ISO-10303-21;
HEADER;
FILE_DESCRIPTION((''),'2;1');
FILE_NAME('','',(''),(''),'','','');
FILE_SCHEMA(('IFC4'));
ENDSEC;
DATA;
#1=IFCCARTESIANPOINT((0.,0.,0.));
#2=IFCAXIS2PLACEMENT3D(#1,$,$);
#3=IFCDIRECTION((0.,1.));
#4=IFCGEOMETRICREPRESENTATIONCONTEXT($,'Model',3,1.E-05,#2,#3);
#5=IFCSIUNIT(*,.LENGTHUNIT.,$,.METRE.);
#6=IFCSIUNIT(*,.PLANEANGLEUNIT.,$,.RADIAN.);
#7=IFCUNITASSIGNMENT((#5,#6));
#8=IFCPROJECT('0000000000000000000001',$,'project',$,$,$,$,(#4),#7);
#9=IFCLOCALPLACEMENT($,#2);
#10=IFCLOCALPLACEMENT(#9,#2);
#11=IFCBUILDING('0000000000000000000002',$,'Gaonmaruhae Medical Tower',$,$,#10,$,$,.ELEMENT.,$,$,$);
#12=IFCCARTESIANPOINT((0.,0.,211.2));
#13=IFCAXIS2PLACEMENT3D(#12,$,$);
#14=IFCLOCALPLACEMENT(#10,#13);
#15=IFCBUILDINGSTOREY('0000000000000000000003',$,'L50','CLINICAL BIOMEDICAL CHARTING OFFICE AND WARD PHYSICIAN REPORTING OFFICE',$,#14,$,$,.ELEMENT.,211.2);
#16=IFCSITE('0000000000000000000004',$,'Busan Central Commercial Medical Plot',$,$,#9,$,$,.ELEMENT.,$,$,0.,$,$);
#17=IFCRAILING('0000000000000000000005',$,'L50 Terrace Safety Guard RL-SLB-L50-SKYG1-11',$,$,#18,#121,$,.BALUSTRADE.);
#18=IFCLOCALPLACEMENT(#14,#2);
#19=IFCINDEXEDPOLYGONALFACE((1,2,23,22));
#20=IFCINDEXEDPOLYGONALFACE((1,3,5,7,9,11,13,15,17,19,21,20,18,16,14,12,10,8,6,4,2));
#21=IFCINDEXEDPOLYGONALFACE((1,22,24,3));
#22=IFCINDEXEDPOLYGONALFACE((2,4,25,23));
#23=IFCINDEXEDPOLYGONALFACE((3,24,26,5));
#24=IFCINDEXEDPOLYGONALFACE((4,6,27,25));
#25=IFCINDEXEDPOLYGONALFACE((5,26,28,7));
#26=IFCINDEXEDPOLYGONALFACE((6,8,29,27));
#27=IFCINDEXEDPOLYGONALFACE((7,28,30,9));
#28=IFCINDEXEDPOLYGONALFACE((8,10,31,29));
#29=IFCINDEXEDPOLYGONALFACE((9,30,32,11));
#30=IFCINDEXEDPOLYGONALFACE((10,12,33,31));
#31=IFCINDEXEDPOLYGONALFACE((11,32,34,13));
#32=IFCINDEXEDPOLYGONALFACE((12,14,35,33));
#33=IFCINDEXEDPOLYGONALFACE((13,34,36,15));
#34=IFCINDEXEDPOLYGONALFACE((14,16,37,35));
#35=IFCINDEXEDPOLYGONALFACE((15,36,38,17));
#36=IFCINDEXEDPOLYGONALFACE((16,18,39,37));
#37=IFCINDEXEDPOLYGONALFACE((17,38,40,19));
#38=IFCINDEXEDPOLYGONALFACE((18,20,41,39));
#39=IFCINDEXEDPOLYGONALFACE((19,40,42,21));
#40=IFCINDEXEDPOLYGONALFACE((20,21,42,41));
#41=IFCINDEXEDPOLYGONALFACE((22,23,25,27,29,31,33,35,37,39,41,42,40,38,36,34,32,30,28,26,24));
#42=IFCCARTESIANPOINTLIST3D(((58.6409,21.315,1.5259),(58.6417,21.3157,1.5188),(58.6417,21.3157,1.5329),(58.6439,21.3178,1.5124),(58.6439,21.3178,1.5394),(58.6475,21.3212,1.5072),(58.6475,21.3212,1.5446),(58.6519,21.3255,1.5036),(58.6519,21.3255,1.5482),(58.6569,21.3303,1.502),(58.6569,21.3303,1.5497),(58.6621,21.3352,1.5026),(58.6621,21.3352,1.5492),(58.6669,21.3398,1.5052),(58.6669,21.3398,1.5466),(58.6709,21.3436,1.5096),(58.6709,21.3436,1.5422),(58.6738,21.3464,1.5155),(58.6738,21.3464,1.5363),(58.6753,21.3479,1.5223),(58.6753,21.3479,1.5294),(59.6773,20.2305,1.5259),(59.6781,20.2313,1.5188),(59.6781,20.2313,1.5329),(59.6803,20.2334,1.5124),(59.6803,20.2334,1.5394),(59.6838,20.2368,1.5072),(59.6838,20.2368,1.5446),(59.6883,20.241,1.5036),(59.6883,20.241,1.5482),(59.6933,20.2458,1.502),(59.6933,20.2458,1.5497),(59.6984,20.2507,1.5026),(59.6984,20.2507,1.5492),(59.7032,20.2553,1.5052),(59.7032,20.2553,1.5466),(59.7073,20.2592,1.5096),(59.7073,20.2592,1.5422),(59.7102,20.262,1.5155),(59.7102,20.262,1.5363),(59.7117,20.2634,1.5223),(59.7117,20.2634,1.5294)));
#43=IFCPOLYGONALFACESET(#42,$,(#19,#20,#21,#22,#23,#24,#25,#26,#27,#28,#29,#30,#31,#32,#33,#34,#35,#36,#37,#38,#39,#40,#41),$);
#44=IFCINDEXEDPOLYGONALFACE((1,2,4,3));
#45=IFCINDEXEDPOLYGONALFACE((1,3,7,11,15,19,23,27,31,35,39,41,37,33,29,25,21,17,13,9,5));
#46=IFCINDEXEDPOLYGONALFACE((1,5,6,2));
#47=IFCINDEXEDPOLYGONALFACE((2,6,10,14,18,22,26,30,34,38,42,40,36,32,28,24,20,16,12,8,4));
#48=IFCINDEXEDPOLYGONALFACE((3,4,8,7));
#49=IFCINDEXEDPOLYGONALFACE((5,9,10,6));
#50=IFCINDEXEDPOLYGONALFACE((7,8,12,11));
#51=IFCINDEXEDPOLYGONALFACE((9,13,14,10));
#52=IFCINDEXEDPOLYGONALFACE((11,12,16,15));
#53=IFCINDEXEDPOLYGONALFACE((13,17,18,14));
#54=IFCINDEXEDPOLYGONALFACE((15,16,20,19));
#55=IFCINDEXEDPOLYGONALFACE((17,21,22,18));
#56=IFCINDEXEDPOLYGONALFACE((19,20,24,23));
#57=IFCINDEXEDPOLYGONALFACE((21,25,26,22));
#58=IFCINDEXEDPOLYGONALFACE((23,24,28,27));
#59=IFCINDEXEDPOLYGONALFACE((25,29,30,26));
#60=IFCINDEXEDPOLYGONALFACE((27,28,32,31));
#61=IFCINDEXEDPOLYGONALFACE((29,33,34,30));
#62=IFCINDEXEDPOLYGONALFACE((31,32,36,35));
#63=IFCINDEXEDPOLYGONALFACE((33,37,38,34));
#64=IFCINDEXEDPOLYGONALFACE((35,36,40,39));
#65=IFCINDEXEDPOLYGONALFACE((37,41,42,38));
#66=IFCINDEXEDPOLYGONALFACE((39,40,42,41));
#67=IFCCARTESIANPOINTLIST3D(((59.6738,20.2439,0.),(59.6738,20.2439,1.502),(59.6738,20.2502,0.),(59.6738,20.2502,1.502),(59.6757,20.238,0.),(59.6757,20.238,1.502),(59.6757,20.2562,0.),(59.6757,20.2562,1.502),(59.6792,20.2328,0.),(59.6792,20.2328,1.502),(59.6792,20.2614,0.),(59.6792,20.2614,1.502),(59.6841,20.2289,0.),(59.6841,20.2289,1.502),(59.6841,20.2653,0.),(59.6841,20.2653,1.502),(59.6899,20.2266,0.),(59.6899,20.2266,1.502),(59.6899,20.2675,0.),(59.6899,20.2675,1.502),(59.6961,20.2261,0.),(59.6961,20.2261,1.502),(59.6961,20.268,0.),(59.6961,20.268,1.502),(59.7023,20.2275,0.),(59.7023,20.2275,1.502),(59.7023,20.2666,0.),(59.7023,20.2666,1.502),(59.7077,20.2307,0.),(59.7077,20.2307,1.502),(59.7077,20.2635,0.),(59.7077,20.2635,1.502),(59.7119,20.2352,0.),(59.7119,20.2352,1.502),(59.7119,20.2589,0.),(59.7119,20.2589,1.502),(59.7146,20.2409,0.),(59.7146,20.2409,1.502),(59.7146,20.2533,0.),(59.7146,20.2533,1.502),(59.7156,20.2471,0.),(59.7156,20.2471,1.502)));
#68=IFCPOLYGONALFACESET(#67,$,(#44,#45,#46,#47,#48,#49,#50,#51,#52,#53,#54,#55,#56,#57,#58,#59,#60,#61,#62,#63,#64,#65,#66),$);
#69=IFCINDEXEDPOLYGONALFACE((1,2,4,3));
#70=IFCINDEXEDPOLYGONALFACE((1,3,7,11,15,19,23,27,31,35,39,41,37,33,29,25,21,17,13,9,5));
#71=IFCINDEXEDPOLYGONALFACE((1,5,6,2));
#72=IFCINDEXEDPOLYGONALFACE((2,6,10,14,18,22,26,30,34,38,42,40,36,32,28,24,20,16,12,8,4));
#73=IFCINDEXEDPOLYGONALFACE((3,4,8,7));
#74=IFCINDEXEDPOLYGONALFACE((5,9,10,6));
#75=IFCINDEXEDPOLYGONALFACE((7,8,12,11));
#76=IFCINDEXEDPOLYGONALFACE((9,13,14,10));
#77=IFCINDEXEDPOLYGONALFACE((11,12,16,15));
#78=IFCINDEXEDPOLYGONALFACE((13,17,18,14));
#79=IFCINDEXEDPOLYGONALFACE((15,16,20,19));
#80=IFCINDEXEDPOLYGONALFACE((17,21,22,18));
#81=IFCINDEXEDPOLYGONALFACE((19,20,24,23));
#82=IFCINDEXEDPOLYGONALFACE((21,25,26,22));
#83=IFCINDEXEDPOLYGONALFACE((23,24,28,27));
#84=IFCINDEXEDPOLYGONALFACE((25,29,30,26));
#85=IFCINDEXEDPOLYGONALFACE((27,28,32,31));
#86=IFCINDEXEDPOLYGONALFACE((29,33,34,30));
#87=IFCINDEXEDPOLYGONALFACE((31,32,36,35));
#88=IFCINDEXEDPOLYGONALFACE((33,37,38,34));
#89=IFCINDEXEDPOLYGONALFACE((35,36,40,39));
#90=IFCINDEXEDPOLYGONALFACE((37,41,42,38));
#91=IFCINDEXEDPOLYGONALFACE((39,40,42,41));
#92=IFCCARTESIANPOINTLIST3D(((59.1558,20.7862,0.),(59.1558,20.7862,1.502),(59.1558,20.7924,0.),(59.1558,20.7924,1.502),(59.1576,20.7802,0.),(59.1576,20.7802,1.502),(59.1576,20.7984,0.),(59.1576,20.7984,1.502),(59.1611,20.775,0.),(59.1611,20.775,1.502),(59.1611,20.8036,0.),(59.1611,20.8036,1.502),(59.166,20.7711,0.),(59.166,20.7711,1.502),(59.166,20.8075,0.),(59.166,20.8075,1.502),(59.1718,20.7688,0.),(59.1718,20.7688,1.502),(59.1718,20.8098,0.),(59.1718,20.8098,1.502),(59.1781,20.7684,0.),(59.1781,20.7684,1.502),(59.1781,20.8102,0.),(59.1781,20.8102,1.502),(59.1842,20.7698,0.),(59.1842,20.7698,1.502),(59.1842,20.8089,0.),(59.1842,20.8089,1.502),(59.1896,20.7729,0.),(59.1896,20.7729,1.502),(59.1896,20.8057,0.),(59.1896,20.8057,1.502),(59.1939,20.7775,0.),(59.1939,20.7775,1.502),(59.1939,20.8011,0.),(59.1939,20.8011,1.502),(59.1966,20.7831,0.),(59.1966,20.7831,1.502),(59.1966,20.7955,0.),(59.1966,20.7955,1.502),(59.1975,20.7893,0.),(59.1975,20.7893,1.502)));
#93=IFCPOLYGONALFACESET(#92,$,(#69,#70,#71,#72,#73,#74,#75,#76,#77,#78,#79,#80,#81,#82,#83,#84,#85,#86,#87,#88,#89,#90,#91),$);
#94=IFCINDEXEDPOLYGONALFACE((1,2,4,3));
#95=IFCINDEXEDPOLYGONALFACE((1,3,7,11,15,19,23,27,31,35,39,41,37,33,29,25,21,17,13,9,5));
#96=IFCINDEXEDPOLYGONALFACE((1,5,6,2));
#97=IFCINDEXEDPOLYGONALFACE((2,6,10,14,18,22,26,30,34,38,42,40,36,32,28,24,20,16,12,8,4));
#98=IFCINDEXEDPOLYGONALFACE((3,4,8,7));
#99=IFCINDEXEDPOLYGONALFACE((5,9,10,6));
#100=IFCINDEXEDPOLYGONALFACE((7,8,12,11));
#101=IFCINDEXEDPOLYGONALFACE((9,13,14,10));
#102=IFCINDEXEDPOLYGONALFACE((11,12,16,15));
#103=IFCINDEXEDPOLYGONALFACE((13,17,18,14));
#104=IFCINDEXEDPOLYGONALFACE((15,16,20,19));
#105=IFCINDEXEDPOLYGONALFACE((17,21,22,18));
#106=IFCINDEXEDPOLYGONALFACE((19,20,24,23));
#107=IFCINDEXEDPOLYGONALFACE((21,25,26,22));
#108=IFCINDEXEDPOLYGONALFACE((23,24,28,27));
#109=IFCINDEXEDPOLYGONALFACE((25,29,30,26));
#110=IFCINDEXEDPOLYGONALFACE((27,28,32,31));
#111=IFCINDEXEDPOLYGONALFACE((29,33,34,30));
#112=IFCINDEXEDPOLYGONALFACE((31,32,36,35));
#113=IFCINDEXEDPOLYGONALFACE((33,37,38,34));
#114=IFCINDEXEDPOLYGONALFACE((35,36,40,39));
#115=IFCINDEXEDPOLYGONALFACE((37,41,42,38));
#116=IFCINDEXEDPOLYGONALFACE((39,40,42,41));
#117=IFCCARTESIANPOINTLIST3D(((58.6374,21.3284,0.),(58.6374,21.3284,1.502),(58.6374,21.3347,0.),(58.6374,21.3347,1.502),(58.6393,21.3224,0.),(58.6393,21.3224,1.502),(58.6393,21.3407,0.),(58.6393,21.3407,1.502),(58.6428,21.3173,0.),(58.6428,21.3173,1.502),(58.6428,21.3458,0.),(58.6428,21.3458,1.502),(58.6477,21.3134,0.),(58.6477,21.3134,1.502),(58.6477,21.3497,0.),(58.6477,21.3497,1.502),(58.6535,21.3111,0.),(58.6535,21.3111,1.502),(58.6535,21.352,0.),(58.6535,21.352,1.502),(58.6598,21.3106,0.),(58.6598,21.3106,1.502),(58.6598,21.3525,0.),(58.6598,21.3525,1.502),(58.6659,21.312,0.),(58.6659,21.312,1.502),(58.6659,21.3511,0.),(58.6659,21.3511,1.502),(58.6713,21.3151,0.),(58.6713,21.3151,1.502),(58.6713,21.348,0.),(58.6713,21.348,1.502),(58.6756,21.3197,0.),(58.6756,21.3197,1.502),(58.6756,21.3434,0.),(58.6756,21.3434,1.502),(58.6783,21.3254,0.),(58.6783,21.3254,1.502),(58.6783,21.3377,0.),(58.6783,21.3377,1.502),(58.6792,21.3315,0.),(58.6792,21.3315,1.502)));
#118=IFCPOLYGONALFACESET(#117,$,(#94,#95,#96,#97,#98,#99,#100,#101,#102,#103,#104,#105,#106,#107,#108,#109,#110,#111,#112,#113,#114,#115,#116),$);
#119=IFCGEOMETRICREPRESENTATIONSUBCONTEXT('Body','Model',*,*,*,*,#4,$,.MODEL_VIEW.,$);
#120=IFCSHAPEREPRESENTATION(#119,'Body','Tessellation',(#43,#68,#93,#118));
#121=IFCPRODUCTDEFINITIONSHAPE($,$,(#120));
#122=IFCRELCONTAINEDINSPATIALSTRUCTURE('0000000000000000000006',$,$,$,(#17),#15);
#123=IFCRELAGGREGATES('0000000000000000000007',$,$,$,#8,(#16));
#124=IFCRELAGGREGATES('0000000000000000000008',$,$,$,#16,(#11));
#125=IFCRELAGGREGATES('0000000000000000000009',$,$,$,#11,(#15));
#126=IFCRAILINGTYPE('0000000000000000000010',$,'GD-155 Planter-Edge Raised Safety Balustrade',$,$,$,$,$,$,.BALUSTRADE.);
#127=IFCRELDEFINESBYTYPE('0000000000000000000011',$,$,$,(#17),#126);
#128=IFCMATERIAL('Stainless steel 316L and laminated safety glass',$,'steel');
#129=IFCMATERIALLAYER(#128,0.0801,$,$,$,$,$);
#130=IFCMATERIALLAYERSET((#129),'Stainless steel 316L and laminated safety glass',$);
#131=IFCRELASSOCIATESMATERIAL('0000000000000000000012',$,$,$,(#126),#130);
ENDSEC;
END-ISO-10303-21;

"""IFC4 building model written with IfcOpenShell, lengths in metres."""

from ifc_helpers import new_model, si_unit, direction, frame, origin, origin_2d, place, context, subcontext, project, spatial, circle, extrude, material, layer, layer_set, type_object, element, save


model = new_model("IFC4")

# Units and contexts
model_context = context("Model", 3, precision=1e-05, world=origin(), true_north=direction((0.0, 1.0)))
body_context = subcontext(model_context, "Body", "Model", "MODEL_VIEW")
ifc_project = project(units=[si_unit("LENGTHUNIT", "METRE"), si_unit("PLANEANGLEUNIT", "RADIAN")], contexts=[model_context])

# Site, building, storey
site_placement = place(None, origin())
site = spatial("IfcSite", under=ifc_project, at=site_placement, Name="Busan Central Commercial Medical Plot", CompositionType="ELEMENT", RefElevation=0.0)
building_placement = place(site_placement, origin())
building = spatial("IfcBuilding", under=site, at=building_placement, Name="Gaonmaruhae Medical Tower", CompositionType="ELEMENT")
storey_placement = place(building_placement, frame((0.0, 0.0, 211.2)))
storey = spatial("IfcBuildingStorey", under=building, at=storey_placement, Name="L50", Description="CLINICAL BIOMEDICAL CHARTING OFFICE AND WARD PHYSICIAN REPORTING OFFICE", CompositionType="ELEMENT", Elevation=211.2)

# Railing
ifc_material_1 = material(Name="Stainless steel 316L and laminated safety glass", Category="steel")
ifc_layer_1 = layer(ifc_material_1, 0.0801)
ifc_layer_set_1 = layer_set([ifc_layer_1], Name="Stainless steel 316L and laminated safety glass")
railing_type = type_object("IfcRailingType", Name="GD-155 Planter-Edge Raised Safety Balustrade", PredefinedType="BALUSTRADE", material=ifc_layer_set_1)
railing_1_placement = place(storey_placement, frame((59.6946, 20.2471, 0.0)))
element("IfcRailing", 1, at=railing_1_placement, inside=storey, type_object=railing_type, Name="L50 Terrace Safety Guard RL-SLB-L50-SKYG1-11", PredefinedType="BALUSTRADE", context=body_context, shape_type="SweptSolid", body=[
    extrude(circle(Radius=0.0239, at=origin_2d()), frame((0.0, 0.0, 1.5259), z_axis=(-0.690894, 0.722956, 0.0), x_axis=(-0.722956, -0.690894, 0.0)), (0.0, 0.0, 1.0), 1.5),
    extrude(circle(Radius=0.021, at=origin_2d()), origin(), (0.0, 0.0, 1.0), 1.502),
    extrude(circle(Radius=0.021, at=origin_2d()), frame((-0.5181, 0.5422, 0.0)), (0.0, 0.0, 1.0), 1.502),
    extrude(circle(Radius=0.021, at=origin_2d()), frame((-1.0364, 1.0845, 0.0)), (0.0, 0.0, 1.0), 1.502),
])

save(model, "model.ifc")
